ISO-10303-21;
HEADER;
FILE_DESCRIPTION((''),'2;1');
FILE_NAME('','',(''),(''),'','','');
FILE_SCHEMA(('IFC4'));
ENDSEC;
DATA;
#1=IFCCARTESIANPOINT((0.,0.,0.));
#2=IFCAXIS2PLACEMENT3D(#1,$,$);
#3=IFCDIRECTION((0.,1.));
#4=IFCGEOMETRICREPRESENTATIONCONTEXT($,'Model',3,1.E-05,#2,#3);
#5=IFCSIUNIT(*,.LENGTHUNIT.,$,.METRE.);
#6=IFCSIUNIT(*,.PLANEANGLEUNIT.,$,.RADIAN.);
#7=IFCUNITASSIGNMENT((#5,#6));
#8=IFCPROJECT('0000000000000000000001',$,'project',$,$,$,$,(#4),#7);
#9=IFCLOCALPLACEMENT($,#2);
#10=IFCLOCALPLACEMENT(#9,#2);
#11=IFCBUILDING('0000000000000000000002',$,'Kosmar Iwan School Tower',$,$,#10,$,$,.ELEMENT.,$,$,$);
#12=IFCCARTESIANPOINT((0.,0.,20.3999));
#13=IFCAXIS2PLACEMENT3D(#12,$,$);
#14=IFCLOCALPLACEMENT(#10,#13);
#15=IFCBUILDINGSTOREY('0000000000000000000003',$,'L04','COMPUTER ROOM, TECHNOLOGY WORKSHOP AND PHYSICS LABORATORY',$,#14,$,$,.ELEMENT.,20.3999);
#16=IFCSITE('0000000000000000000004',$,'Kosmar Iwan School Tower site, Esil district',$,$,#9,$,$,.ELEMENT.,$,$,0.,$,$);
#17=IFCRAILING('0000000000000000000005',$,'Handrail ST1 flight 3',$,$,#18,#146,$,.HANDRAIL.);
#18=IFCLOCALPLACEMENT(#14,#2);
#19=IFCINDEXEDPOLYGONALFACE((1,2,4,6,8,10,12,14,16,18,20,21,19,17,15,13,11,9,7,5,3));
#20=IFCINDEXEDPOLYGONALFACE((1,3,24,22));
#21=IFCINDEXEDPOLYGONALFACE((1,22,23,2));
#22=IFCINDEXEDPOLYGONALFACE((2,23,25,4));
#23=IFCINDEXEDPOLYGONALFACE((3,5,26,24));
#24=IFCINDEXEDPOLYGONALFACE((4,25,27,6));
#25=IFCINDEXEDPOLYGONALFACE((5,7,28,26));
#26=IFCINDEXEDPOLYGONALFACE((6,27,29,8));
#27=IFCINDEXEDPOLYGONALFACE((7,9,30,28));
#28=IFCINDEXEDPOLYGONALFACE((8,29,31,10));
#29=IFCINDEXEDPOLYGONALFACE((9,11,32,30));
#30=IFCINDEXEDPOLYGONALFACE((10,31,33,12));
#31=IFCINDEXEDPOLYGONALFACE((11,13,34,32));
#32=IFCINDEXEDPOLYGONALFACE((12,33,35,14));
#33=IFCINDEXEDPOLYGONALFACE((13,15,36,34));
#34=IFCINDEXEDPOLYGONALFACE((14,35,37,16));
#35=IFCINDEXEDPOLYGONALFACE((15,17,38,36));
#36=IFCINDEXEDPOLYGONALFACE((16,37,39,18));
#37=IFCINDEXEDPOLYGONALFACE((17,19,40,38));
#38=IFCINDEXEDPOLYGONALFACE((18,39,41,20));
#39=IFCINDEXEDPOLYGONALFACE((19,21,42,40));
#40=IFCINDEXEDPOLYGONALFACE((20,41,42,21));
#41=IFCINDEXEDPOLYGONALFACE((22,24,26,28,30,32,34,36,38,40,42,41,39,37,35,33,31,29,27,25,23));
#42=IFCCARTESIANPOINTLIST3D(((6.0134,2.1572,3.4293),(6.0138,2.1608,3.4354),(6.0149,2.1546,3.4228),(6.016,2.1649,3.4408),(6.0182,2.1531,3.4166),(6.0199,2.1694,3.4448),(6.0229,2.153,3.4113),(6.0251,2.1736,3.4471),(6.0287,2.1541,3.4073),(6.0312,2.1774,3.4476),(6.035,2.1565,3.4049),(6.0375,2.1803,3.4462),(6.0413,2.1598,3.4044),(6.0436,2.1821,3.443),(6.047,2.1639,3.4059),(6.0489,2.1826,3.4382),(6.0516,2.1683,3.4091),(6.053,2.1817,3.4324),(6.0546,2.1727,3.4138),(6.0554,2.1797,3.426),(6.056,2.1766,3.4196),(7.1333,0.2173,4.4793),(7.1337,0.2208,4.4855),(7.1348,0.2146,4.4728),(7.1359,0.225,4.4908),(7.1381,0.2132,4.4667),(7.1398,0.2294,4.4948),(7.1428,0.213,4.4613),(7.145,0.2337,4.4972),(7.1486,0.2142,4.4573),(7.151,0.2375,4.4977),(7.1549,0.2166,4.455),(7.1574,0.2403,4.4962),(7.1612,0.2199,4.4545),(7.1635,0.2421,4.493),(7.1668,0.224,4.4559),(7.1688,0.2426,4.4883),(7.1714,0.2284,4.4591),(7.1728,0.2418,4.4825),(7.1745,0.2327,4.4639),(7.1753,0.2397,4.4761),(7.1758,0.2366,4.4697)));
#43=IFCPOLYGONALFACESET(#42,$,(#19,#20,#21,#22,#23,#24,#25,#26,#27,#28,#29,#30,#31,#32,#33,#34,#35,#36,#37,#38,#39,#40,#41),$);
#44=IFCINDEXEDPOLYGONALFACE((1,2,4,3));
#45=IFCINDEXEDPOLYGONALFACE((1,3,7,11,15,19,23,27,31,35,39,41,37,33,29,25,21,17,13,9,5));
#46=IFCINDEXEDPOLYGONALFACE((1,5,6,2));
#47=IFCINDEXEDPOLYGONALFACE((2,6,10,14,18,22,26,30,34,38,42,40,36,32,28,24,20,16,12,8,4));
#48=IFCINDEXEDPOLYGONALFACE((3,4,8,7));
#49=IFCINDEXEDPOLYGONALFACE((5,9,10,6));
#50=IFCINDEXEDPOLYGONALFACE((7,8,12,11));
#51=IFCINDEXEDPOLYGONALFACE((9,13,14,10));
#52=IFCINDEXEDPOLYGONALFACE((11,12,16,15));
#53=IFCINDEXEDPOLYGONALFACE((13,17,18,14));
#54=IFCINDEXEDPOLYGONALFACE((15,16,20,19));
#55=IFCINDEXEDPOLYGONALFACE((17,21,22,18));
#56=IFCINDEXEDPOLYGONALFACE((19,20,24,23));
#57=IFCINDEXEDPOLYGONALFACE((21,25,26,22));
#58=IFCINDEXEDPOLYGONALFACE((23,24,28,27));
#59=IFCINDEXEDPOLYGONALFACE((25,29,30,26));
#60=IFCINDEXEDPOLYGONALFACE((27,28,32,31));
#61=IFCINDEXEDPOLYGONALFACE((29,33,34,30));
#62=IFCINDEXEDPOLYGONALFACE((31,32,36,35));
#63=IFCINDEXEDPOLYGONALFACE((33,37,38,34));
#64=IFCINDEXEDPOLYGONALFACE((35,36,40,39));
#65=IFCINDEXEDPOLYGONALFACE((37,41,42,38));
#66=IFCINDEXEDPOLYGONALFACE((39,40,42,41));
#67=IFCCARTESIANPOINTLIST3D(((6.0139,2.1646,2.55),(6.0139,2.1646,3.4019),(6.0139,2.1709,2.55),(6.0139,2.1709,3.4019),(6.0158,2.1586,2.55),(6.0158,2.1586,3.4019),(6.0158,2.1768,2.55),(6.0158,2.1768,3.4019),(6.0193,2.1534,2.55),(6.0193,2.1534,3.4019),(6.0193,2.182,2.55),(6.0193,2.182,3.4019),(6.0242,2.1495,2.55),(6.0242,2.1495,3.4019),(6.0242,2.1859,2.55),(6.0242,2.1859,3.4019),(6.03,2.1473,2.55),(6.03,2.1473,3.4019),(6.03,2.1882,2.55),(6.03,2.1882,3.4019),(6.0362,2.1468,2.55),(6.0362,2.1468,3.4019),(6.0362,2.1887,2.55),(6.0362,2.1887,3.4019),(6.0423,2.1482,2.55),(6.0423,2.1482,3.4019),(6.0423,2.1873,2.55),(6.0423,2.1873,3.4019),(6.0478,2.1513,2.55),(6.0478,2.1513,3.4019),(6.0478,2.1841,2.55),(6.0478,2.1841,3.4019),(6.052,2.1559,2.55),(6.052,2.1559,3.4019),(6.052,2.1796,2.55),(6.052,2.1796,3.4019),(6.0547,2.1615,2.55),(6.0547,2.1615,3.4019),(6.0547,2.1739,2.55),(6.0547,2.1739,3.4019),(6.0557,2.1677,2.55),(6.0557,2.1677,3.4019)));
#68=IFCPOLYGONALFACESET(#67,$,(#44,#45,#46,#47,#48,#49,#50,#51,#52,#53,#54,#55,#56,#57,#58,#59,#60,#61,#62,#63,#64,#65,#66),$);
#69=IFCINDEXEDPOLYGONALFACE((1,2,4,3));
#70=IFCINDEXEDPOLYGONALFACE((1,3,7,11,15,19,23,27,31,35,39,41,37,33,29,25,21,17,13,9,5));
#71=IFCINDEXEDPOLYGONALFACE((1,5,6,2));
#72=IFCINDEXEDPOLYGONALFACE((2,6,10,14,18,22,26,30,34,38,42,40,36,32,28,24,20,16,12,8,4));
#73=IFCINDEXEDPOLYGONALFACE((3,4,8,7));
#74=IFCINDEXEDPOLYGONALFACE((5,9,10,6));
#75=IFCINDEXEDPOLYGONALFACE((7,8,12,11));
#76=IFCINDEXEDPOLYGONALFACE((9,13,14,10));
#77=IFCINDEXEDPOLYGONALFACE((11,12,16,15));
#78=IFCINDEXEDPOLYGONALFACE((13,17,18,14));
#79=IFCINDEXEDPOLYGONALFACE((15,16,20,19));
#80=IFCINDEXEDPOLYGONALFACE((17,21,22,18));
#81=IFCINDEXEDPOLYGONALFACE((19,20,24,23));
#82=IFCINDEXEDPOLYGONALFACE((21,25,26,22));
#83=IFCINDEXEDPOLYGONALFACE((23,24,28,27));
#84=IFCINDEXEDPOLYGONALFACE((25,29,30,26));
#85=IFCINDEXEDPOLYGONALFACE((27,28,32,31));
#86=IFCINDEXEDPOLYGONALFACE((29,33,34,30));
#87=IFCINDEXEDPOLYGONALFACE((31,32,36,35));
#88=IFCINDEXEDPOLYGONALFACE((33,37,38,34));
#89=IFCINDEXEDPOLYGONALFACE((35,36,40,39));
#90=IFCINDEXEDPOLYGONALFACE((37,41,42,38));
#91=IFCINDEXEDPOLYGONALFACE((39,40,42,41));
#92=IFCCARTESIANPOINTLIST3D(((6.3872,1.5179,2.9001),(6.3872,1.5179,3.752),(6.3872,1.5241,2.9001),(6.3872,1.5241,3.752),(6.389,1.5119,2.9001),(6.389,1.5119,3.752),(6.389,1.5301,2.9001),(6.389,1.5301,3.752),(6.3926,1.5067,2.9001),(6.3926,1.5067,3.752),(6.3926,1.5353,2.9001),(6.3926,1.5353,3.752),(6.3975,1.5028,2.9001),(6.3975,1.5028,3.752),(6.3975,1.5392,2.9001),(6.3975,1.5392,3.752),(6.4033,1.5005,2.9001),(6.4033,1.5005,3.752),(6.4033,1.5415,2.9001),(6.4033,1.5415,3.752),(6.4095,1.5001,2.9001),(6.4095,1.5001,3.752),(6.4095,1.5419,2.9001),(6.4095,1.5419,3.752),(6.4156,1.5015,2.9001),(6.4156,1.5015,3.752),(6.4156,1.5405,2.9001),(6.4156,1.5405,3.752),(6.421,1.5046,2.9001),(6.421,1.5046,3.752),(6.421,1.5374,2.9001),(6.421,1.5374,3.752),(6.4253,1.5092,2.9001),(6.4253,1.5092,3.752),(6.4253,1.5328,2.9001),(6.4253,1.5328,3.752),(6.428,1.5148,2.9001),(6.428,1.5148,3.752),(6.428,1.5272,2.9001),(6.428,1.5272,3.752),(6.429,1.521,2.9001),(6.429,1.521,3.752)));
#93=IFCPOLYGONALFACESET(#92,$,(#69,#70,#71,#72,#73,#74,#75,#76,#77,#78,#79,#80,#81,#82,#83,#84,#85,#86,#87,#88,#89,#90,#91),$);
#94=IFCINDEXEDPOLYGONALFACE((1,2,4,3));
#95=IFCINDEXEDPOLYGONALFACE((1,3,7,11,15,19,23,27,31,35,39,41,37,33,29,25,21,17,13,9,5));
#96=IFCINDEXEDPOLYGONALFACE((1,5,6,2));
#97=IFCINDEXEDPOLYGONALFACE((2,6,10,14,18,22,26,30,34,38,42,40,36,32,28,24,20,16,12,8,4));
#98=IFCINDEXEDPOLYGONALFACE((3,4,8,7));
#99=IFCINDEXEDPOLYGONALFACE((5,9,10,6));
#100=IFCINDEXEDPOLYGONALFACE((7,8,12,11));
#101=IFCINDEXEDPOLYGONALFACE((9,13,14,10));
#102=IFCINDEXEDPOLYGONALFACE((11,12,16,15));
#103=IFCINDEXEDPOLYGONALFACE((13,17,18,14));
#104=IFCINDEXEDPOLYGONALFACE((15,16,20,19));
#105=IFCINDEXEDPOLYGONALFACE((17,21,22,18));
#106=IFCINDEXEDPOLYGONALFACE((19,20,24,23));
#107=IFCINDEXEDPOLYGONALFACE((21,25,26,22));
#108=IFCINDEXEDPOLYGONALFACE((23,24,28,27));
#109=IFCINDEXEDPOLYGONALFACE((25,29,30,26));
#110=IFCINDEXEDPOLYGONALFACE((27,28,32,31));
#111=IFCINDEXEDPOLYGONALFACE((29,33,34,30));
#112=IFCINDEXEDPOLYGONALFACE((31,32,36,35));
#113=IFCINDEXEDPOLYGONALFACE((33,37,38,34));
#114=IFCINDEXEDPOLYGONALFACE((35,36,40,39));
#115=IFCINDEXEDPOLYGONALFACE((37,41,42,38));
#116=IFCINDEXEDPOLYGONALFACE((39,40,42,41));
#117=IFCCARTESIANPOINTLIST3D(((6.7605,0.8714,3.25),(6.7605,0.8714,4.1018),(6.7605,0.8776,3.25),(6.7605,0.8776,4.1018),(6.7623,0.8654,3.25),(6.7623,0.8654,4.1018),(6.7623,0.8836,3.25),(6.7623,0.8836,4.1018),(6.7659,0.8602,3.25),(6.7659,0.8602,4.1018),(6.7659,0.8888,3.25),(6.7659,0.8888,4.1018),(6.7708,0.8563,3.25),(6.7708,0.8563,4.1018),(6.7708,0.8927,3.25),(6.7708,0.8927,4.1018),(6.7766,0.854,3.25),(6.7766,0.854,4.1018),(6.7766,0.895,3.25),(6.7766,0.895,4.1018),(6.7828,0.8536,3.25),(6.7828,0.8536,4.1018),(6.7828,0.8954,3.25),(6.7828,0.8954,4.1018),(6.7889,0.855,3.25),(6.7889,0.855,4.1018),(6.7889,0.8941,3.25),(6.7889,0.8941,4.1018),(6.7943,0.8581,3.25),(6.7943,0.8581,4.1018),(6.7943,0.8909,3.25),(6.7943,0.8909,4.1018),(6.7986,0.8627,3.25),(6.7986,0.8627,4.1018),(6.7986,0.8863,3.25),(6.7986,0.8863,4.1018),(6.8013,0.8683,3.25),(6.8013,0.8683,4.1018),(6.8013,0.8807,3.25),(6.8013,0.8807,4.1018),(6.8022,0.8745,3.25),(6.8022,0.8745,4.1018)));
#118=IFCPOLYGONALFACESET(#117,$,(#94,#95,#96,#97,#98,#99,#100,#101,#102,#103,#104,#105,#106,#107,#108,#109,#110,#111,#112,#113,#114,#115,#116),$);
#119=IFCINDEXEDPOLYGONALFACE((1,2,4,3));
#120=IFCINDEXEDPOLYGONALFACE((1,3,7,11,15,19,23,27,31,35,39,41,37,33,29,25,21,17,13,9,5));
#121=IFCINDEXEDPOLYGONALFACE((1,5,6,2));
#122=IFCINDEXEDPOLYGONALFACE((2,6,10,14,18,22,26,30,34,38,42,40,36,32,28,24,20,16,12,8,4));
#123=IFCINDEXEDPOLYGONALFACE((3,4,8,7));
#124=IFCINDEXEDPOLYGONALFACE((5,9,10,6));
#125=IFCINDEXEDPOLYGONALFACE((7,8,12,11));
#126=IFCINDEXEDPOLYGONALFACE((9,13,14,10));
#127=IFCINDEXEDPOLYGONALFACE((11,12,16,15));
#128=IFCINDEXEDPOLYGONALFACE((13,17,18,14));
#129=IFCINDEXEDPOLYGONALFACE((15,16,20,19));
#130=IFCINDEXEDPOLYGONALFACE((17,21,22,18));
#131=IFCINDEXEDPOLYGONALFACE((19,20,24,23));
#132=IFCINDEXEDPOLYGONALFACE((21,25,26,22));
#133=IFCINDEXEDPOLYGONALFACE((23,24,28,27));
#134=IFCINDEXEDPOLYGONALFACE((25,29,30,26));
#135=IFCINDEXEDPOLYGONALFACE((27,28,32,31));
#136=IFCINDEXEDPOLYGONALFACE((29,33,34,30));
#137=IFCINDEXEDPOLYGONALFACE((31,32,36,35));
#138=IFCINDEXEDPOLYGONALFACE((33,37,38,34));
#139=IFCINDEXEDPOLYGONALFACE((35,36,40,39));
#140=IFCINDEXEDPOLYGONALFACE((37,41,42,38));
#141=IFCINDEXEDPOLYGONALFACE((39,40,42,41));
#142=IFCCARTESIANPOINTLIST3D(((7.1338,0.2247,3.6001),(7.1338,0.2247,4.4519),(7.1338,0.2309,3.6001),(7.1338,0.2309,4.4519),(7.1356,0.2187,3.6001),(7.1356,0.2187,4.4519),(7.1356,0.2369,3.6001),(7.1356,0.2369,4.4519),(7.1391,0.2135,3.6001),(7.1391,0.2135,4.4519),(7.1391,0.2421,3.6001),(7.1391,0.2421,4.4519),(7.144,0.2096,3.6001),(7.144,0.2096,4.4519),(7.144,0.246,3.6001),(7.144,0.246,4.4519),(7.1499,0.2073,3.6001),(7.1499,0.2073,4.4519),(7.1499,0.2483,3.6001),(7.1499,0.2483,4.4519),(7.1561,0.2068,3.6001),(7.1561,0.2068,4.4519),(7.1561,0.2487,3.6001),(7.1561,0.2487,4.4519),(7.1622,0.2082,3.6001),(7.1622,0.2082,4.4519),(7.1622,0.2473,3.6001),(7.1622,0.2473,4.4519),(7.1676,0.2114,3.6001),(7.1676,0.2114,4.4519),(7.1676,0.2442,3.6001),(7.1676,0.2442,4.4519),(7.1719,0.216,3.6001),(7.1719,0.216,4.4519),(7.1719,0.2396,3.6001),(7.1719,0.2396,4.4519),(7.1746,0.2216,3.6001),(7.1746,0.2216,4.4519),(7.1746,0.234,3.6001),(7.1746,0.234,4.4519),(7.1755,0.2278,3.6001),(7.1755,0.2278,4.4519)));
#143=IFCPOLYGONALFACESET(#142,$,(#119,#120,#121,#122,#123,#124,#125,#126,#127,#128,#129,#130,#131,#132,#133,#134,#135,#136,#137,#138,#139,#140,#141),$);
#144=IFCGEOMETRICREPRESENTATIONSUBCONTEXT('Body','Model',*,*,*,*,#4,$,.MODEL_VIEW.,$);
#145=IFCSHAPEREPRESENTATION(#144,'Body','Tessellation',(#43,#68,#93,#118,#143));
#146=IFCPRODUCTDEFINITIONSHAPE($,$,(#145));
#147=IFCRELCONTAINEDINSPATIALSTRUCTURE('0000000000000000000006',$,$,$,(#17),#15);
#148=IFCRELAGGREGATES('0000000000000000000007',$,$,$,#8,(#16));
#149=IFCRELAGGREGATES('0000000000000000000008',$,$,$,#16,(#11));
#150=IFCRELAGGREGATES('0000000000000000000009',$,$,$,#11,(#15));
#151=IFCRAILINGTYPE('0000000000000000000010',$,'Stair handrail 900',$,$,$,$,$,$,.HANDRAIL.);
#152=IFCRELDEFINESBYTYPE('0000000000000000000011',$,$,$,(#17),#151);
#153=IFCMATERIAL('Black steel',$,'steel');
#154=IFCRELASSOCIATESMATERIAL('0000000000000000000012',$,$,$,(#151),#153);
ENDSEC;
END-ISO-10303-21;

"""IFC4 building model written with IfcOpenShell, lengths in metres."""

from ifc_helpers import new_model, si_unit, direction, frame, origin, origin_2d, place, context, subcontext, project, spatial, circle, extrude, material, type_object, element, save


model = new_model("IFC4")

# Units and contexts
model_context = context("Model", 3, precision=1e-05, world=origin(), true_north=direction((0.0, 1.0)))
body_context = subcontext(model_context, "Body", "Model", "MODEL_VIEW")
ifc_project = project(units=[si_unit("LENGTHUNIT", "METRE"), si_unit("PLANEANGLEUNIT", "RADIAN")], contexts=[model_context])

# Site, building, storey
site_placement = place(None, origin())
site = spatial("IfcSite", under=ifc_project, at=site_placement, Name="Kosmar Iwan School Tower site, Esil district", CompositionType="ELEMENT", RefElevation=0.0)
building_placement = place(site_placement, origin())
building = spatial("IfcBuilding", under=site, at=building_placement, Name="Kosmar Iwan School Tower", CompositionType="ELEMENT")
storey_placement = place(building_placement, frame((0.0, 0.0, 20.3999)))
storey = spatial("IfcBuildingStorey", under=building, at=storey_placement, Name="L04", Description="COMPUTER ROOM, TECHNOLOGY WORKSHOP AND PHYSICS LABORATORY", CompositionType="ELEMENT", Elevation=20.3999)

# Railing
ifc_material_1 = material(Name="Black steel", Category="steel")
railing_type = type_object("IfcRailingType", Name="Stair handrail 900", PredefinedType="HANDRAIL", material=ifc_material_1)
railing_1_placement = place(storey_placement, frame((6.0347, 2.1677, 2.55)))
element("IfcRailing", 1, at=railing_1_placement, inside=storey, type_object=railing_type, Name="Handrail ST1 flight 3", PredefinedType="HANDRAIL", context=body_context, shape_type="SweptSolid", body=[
    extrude(circle(Radius=0.0239, at=origin_2d()), frame((0.0, 0.0, 0.876), z_axis=(0.452678, -0.784169, 0.424454), x_axis=(0.866055, 0.499949, 0.0)), (0.0, 0.0, 1.0), 2.4739),
    extrude(circle(Radius=0.021, at=origin_2d()), origin(), (0.0, 0.0, 1.0), 0.8518),
    extrude(circle(Radius=0.021, at=origin_2d()), frame((0.3733, -0.6467, 0.3501)), (0.0, 0.0, 1.0), 0.8518),
    extrude(circle(Radius=0.021, at=origin_2d()), frame((0.7466, -1.2932, 0.7)), (0.0, 0.0, 1.0), 0.8518),
    extrude(circle(Radius=0.021, at=origin_2d()), frame((1.1199, -1.9399, 1.05)), (0.0, 0.0, 1.0), 0.8518),
])

save(model, "model.ifc")
